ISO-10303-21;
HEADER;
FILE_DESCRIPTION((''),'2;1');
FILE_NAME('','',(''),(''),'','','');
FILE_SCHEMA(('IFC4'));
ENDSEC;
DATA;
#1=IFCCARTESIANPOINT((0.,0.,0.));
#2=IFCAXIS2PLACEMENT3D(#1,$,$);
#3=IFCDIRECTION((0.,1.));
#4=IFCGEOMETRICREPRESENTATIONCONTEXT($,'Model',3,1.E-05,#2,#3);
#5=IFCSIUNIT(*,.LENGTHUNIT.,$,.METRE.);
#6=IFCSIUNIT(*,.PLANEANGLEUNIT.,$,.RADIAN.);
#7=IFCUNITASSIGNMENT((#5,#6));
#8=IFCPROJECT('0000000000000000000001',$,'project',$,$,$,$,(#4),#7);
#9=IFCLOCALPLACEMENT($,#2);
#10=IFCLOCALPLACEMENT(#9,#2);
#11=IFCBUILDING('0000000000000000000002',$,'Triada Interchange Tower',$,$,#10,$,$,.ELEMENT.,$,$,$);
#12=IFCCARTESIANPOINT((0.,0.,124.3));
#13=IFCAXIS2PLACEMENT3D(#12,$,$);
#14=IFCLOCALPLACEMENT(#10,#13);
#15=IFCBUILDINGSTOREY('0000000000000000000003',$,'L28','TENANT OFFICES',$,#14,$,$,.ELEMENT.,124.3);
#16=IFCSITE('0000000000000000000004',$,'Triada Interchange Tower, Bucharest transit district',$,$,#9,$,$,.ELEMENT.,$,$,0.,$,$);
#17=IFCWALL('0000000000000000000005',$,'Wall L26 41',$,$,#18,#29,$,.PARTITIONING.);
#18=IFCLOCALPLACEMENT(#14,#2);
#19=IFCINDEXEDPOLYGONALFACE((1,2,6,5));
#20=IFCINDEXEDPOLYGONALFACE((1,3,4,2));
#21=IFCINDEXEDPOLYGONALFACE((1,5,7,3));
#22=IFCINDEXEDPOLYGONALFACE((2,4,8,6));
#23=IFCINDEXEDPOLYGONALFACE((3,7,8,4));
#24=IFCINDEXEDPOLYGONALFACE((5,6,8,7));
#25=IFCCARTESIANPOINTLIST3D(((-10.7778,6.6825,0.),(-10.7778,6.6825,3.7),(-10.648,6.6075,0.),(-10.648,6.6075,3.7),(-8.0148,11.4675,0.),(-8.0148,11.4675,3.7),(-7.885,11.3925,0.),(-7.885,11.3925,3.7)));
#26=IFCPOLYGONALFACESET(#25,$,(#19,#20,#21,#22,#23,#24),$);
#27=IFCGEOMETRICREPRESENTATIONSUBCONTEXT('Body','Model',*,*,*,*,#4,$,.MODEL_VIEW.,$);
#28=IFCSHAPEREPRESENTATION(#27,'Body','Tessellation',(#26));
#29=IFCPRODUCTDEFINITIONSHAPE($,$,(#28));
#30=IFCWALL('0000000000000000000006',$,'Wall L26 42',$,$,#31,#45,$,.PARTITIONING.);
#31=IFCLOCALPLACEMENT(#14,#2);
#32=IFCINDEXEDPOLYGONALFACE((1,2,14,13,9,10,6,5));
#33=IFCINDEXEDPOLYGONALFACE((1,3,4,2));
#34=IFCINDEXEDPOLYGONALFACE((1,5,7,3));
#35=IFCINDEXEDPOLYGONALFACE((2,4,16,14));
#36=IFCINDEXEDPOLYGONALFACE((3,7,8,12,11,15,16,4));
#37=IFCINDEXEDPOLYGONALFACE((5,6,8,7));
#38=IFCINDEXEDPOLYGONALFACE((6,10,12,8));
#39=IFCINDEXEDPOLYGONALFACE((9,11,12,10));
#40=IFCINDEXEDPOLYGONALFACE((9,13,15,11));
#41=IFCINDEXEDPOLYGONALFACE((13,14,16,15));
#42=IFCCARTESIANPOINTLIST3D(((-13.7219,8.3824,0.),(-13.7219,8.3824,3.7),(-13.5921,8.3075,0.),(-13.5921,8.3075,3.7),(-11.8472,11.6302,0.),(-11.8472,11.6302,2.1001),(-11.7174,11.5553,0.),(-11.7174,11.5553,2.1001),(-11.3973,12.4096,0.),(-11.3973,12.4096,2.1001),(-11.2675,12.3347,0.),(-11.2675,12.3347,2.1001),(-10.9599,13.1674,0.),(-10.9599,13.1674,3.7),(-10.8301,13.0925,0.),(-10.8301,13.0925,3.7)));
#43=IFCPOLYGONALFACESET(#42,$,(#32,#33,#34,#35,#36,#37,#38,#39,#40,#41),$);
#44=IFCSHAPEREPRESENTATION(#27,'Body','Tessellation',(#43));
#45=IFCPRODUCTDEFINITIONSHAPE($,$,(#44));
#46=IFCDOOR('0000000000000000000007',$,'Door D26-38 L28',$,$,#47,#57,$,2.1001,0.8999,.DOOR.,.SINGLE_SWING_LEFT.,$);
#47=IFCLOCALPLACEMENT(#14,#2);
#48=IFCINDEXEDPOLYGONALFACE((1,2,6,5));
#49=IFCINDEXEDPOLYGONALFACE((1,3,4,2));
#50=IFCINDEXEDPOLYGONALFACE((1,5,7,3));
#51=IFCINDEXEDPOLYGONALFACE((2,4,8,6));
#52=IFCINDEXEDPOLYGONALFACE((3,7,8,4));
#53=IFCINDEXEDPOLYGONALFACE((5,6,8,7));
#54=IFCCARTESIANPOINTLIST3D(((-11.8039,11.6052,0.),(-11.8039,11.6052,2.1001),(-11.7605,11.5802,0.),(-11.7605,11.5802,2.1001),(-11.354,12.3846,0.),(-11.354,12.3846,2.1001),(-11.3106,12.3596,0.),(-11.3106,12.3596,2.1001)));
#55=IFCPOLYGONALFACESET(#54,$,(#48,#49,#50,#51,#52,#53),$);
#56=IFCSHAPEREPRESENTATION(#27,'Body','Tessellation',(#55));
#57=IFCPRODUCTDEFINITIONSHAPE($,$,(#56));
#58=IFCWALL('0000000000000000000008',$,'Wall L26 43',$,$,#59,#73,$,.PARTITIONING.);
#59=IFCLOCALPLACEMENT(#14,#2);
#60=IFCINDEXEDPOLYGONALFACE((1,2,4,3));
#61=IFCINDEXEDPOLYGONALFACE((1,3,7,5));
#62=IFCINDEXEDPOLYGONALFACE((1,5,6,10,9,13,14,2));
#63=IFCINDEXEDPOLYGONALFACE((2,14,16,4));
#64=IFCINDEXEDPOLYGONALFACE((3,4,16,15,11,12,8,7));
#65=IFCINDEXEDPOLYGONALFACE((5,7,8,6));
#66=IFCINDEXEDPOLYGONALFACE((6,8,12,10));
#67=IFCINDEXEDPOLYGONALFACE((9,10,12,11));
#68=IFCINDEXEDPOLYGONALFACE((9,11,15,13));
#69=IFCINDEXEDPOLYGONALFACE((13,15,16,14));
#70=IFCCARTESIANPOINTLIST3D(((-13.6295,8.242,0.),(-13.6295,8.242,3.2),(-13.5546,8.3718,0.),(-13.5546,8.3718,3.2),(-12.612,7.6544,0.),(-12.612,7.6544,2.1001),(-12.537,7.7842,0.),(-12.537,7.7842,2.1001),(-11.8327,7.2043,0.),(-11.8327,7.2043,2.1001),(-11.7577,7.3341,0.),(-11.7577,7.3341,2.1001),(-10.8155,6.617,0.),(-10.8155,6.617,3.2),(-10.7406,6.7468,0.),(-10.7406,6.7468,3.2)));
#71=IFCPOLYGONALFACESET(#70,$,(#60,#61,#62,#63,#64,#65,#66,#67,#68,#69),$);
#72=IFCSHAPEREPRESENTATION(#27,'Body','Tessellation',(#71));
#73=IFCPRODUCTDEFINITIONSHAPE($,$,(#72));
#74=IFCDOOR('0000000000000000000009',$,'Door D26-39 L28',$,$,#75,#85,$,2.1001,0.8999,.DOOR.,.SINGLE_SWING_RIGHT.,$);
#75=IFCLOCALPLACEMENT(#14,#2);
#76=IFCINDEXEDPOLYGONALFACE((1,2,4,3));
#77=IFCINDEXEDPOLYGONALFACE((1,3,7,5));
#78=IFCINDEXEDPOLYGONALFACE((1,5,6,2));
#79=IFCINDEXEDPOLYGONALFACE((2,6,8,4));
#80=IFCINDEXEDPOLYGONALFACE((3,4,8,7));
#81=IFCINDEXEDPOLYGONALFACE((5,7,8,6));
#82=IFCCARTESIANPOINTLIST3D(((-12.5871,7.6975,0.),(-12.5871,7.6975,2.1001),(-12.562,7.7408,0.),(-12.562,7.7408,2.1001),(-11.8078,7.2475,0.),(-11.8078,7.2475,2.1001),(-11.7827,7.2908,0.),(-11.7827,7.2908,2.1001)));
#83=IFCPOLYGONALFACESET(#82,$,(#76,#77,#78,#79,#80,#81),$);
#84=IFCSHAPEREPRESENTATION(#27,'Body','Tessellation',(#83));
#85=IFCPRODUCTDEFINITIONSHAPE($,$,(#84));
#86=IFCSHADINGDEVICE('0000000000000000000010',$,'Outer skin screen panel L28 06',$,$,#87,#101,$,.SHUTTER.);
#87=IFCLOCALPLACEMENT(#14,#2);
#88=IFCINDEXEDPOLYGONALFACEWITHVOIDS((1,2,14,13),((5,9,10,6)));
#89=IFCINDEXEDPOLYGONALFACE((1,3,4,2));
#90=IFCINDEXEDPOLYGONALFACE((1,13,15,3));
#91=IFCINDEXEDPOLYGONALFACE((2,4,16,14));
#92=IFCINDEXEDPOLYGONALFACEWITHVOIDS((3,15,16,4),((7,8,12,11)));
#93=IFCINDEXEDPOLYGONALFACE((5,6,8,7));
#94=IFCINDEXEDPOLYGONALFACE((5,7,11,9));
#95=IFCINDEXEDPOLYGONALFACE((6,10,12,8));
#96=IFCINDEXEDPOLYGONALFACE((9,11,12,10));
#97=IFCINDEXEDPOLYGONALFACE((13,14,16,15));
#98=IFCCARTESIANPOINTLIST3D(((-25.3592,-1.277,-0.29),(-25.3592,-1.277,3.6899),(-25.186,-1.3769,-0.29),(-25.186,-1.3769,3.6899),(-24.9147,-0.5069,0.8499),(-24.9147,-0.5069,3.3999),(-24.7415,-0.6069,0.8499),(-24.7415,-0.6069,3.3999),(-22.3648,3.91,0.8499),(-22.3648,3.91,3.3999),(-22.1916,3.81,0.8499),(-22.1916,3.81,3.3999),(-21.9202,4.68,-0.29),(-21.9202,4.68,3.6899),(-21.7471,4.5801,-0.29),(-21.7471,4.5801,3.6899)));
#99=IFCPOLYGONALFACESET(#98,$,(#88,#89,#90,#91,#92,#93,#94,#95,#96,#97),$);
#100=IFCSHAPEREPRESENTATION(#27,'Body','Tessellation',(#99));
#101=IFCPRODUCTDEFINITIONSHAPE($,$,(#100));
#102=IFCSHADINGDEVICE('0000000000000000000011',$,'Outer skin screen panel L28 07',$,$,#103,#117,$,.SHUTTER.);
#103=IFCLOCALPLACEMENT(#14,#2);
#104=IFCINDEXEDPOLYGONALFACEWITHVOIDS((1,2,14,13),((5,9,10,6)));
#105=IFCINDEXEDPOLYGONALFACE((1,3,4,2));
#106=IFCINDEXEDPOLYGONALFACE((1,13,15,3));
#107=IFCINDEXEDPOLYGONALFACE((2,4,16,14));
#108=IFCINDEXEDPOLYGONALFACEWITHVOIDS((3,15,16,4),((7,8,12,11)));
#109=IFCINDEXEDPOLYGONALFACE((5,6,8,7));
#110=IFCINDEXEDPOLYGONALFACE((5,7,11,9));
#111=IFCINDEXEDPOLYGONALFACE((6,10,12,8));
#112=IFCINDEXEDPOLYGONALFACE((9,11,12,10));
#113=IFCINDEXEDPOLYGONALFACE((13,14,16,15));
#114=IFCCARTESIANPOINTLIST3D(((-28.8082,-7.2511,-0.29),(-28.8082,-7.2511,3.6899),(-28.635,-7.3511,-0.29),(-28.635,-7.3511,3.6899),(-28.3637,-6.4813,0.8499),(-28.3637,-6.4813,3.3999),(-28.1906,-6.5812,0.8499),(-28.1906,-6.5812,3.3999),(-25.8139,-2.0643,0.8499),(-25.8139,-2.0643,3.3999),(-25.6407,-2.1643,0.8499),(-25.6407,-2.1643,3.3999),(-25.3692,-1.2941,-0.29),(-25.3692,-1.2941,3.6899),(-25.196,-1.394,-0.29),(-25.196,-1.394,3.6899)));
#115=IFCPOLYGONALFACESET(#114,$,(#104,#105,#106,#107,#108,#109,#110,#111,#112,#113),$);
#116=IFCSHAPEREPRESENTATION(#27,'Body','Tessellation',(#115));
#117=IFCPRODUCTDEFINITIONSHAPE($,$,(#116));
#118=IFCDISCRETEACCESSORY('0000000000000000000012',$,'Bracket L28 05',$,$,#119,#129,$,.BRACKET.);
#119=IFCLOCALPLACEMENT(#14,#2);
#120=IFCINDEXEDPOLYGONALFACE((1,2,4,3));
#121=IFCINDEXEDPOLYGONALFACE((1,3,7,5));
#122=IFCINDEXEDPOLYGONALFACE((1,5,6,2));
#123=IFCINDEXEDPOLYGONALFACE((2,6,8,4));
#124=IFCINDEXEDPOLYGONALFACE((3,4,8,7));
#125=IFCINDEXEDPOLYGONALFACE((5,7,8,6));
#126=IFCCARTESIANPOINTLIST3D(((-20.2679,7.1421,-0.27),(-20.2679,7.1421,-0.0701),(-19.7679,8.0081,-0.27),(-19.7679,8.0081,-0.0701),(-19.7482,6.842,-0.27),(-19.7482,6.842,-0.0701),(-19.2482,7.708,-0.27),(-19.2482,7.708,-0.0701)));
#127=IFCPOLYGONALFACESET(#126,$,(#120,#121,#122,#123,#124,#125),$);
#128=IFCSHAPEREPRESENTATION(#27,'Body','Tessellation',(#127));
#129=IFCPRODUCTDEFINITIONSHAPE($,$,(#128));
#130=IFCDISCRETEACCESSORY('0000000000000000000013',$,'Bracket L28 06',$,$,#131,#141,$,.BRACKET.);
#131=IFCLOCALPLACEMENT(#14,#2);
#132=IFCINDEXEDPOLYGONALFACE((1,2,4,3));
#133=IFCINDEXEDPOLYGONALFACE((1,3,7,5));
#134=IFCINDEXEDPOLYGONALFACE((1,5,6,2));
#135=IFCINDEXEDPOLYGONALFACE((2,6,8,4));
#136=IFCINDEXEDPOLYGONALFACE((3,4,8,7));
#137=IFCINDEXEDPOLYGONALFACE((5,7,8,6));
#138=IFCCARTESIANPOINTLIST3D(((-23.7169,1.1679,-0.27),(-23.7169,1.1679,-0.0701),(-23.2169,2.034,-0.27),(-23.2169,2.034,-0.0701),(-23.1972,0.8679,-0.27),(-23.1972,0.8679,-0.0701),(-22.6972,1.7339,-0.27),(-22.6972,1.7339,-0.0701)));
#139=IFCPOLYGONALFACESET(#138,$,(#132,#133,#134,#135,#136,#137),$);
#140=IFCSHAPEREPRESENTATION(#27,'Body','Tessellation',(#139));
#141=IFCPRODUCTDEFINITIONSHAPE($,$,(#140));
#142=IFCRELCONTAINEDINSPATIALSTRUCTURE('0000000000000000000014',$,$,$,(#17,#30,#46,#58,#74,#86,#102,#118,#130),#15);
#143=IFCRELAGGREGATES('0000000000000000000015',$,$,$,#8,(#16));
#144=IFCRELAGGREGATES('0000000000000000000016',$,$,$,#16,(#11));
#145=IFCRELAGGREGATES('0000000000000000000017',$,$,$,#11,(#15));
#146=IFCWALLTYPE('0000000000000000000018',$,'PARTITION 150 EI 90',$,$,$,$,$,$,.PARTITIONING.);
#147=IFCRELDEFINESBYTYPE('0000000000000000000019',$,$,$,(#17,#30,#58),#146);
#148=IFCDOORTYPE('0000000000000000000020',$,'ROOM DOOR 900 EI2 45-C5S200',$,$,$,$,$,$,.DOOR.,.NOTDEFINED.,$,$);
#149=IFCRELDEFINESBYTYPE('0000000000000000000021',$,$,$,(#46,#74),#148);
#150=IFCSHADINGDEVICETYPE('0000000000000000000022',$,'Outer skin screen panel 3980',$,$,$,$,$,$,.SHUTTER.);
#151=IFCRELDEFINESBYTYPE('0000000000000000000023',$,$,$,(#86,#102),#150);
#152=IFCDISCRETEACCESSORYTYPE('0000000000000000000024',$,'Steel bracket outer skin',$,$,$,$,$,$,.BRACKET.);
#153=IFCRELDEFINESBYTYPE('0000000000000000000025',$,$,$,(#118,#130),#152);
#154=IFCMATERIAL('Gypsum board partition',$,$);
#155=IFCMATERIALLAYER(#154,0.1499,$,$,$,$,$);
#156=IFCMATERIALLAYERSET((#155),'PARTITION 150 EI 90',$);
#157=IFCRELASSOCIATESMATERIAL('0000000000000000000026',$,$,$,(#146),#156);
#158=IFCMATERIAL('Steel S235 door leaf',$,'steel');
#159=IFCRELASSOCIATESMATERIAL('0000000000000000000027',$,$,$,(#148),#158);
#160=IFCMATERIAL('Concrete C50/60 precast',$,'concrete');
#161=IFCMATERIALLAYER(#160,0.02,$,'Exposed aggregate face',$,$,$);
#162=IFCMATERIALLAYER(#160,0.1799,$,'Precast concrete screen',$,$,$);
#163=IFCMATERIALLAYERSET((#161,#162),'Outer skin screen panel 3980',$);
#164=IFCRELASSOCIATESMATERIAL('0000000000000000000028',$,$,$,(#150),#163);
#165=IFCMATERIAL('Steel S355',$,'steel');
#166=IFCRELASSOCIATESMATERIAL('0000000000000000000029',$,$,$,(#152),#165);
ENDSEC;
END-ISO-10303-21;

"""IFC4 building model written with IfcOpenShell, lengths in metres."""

from ifc_helpers import new_model, si_unit, direction, frame, frame_2d, origin, origin_2d, place, context, subcontext, project, spatial, polyline, rectangle, outline, extrude, material, layer, layer_set, type_object, element, fill, save


model = new_model("IFC4")

# Units and contexts
model_context = context("Model", 3, precision=1e-05, world=origin(), true_north=direction((0.0, 1.0)))
body_context = subcontext(model_context, "Body", "Model", "MODEL_VIEW")
ifc_project = project(units=[si_unit("LENGTHUNIT", "METRE"), si_unit("PLANEANGLEUNIT", "RADIAN")], contexts=[model_context])

# Site, building, storey
site_placement = place(None, origin())
site = spatial("IfcSite", under=ifc_project, at=site_placement, Name="Triada Interchange Tower, Bucharest transit district", CompositionType="ELEMENT", RefElevation=0.0)
building_placement = place(site_placement, origin())
building = spatial("IfcBuilding", under=site, at=building_placement, Name="Triada Interchange Tower", CompositionType="ELEMENT")
storey_placement = place(building_placement, frame((0.0, 0.0, 124.3)))
storey = spatial("IfcBuildingStorey", under=building, at=storey_placement, Name="L28", Description="TENANT OFFICES", CompositionType="ELEMENT", Elevation=124.3)

# Shared definitions
ifc_material_1 = material(Name="Steel S235 door leaf", Category="steel")

# Wall
ifc_material_2 = material(Name="Gypsum board partition")
ifc_layer_1 = layer(ifc_material_2, 0.1499)
ifc_layer_set_1 = layer_set([ifc_layer_1], Name="PARTITION 150 EI 90")
wall_type_1 = type_object("IfcWallType", Name="PARTITION 150 EI 90", PredefinedType="PARTITIONING", material=ifc_layer_set_1)
wall_1_placement = place(storey_placement, frame((-10.7129, 6.645, 0.0), z_axis=(0.0, 0.0, 1.0), x_axis=(0.50005, 0.865996, 0.0)))
element("IfcWall", 1, at=wall_1_placement, inside=storey, type_object=wall_type_1, Name="Wall L26 41", PredefinedType="PARTITIONING", context=body_context, shape_type="SweptSolid", body=[
    extrude(rectangle(XDim=5.5254, YDim=0.1499, at=frame_2d((2.7627, 0.0))), origin(), (0.0, 0.0, 1.0), 3.7),
])

# Walls, openings, doors
wall_2_placement = place(storey_placement, frame((-13.657, 8.345, 0.0), z_axis=(0.0, 0.0, 1.0), x_axis=(0.499918, 0.866073, 0.0)))
wall_2 = element("IfcWall", 2, at=wall_2_placement, inside=storey, type_object=wall_type_1, Name="Wall L26 42", PredefinedType="PARTITIONING", context=body_context, shape_type="SweptSolid", body=[
    extrude(rectangle(XDim=5.5249, YDim=0.1499, at=frame_2d((2.7625, 0.0))), origin(), (0.0, 0.0, 1.0), 3.7),
])
opening_1_placement = place(wall_2_placement, frame((3.75, 0.0, 0.0)))
opening_1 = element("IfcOpeningElement", 3, at=opening_1_placement, cuts=wall_2, PredefinedType="OPENING", context=body_context, shape_type="SweptSolid", body=[
    extrude(rectangle(XDim=0.8999, YDim=2.1001, at=frame_2d((0.45, 1.05))), frame((0.0, 0.085, 0.0), z_axis=(0.0, -1.0, 0.0), x_axis=(1.0, 0.0, 0.0)), (0.0, 0.0, 1.0), 0.1699),
])
door_type_1 = type_object("IfcDoorType", Name="ROOM DOOR 900 EI2 45-C5S200", OperationType="NOTDEFINED", PredefinedType="DOOR", material=ifc_material_1)
door_1_placement = place(opening_1_placement, origin())
door_1 = element("IfcDoor", 4, at=door_1_placement, inside=storey, type_object=door_type_1, Name="Door D26-38 L28", OperationType="SINGLE_SWING_LEFT", OverallHeight=2.1001, OverallWidth=0.8999, PredefinedType="DOOR", context=body_context, shape_type="SweptSolid", body=[
    extrude(rectangle(XDim=0.8999, YDim=2.1001, at=frame_2d((0.45, 1.05))), frame((0.0, 0.0249, 0.0), z_axis=(0.0, -1.0, 0.0), x_axis=(1.0, 0.0, 0.0)), (0.0, 0.0, 1.0), 0.05),
])
fill(opening_1, door_1)
wall_3_placement = place(storey_placement, frame((-13.592, 8.3069, 0.0), z_axis=(0.0, 0.0, 1.0), x_axis=(0.865978, -0.500082, 0.0)))
wall_3 = element("IfcWall", 5, at=wall_3_placement, inside=storey, type_object=wall_type_1, Name="Wall L26 43", PredefinedType="PARTITIONING", context=body_context, shape_type="SweptSolid", body=[
    extrude(rectangle(XDim=3.2495, YDim=0.1499, at=frame_2d((1.6248, 0.0))), origin(), (0.0, 0.0, 1.0), 3.2),
])
opening_2_placement = place(wall_3_placement, frame((1.175, 0.0, 0.0)))
opening_2 = element("IfcOpeningElement", 6, at=opening_2_placement, cuts=wall_3, PredefinedType="OPENING", context=body_context, shape_type="SweptSolid", body=[
    extrude(rectangle(XDim=0.8999, YDim=2.1001, at=frame_2d((0.45, 1.05))), frame((0.0, 0.085, 0.0), z_axis=(0.0, -1.0, 0.0), x_axis=(1.0, 0.0, 0.0)), (0.0, 0.0, 1.0), 0.1699),
])
door_2_placement = place(opening_2_placement, origin())
door_2 = element("IfcDoor", 7, at=door_2_placement, inside=storey, type_object=door_type_1, Name="Door D26-39 L28", OperationType="SINGLE_SWING_RIGHT", OverallHeight=2.1001, OverallWidth=0.8999, PredefinedType="DOOR", context=body_context, shape_type="SweptSolid", body=[
    extrude(rectangle(XDim=0.8999, YDim=2.1001, at=frame_2d((0.45, 1.05))), frame((0.0, 0.0249, 0.0), z_axis=(0.0, -1.0, 0.0), x_axis=(1.0, 0.0, 0.0)), (0.0, 0.0, 1.0), 0.05),
])
fill(opening_2, door_2)

# Shading devices
ifc_material_3 = material(Name="Concrete C50/60 precast", Category="concrete")
ifc_layer_2 = layer(ifc_material_3, 0.02, Name="Exposed aggregate face")
ifc_layer_3 = layer(ifc_material_3, 0.1799, Name="Precast concrete screen")
ifc_layer_set_2 = layer_set([ifc_layer_2, ifc_layer_3], Name="Outer skin screen panel 3980")
shading_device_type = type_object("IfcShadingDeviceType", Name="Outer skin screen panel 3980", PredefinedType="SHUTTER", material=ifc_layer_set_2)
shading_device_1_placement = place(storey_placement, frame((-21.7471, 4.5801, -0.29), z_axis=(0.0, 0.0, 1.0), x_axis=(-0.499964, -0.866046, 0.0)))
element("IfcShadingDevice", 8, at=shading_device_1_placement, inside=storey, type_object=shading_device_type, Name="Outer skin screen panel L28 06", PredefinedType="SHUTTER", context=body_context, shape_type="SweptSolid", body=[
    extrude(outline(polyline([(0.0, 0.0), (6.8784, 0.0), (6.8784, 3.98), (0.0, 3.98), (0.0, 0.0)]), holes=[polyline([(0.8892, 1.1399), (0.8892, 3.6899), (5.9893, 3.6899), (5.9893, 1.1399), (0.8892, 1.1399)])]), frame((0.0, 0.0, 0.0), z_axis=(0.0, -1.0, 0.0), x_axis=(1.0, 0.0, 0.0)), (0.0, 0.0, 1.0), 0.2),
])
shading_device_2_placement = place(storey_placement, frame((-25.196, -1.394, -0.29), z_axis=(0.0, 0.0, 1.0), x_axis=(-0.499964, -0.866046, 0.0)))
element("IfcShadingDevice", 9, at=shading_device_2_placement, inside=storey, type_object=shading_device_type, Name="Outer skin screen panel L28 07", PredefinedType="SHUTTER", context=body_context, shape_type="SweptSolid", body=[
    extrude(outline(polyline([(0.0, 0.0), (6.8784, 0.0), (6.8784, 3.98), (0.0, 3.98), (0.0, 0.0)]), holes=[polyline([(0.8894, 1.1399), (0.8894, 3.6899), (5.9895, 3.6899), (5.9895, 1.1399), (0.8894, 1.1399)])]), frame((0.0, 0.0, 0.0), z_axis=(0.0, -1.0, 0.0), x_axis=(1.0, 0.0, 0.0)), (0.0, 0.0, 1.0), 0.2),
])

# Discrete accessories
ifc_material_4 = material(Name="Steel S355", Category="steel")
discrete_accessory_type = type_object("IfcDiscreteAccessoryType", Name="Steel bracket outer skin", PredefinedType="BRACKET", material=ifc_material_4)
for number, where, z_axis, x_axis, name in (
    (10, (-19.7581, 7.425, -0.27), (0.0, 0.0, 1.0), (-0.866028, 0.499995, 0.0), "Bracket L28 05"),
    (11, (-23.207, 1.4509, -0.27), (0.0, 0.0, 1.0), (-0.866028, 0.499995, 0.0), "Bracket L28 06"),
):
    element("IfcDiscreteAccessory", number, at=place(storey_placement, frame(where, z_axis=z_axis, x_axis=x_axis)), inside=storey, type_object=discrete_accessory_type, Name=name, PredefinedType="BRACKET", context=body_context, shape_type="SweptSolid", body=[
        extrude(rectangle(XDim=0.6001, YDim=1.0, at=origin_2d()), origin(), (0.0, 0.0, 1.0), 0.2),
    ])

save(model, "model.ifc")
